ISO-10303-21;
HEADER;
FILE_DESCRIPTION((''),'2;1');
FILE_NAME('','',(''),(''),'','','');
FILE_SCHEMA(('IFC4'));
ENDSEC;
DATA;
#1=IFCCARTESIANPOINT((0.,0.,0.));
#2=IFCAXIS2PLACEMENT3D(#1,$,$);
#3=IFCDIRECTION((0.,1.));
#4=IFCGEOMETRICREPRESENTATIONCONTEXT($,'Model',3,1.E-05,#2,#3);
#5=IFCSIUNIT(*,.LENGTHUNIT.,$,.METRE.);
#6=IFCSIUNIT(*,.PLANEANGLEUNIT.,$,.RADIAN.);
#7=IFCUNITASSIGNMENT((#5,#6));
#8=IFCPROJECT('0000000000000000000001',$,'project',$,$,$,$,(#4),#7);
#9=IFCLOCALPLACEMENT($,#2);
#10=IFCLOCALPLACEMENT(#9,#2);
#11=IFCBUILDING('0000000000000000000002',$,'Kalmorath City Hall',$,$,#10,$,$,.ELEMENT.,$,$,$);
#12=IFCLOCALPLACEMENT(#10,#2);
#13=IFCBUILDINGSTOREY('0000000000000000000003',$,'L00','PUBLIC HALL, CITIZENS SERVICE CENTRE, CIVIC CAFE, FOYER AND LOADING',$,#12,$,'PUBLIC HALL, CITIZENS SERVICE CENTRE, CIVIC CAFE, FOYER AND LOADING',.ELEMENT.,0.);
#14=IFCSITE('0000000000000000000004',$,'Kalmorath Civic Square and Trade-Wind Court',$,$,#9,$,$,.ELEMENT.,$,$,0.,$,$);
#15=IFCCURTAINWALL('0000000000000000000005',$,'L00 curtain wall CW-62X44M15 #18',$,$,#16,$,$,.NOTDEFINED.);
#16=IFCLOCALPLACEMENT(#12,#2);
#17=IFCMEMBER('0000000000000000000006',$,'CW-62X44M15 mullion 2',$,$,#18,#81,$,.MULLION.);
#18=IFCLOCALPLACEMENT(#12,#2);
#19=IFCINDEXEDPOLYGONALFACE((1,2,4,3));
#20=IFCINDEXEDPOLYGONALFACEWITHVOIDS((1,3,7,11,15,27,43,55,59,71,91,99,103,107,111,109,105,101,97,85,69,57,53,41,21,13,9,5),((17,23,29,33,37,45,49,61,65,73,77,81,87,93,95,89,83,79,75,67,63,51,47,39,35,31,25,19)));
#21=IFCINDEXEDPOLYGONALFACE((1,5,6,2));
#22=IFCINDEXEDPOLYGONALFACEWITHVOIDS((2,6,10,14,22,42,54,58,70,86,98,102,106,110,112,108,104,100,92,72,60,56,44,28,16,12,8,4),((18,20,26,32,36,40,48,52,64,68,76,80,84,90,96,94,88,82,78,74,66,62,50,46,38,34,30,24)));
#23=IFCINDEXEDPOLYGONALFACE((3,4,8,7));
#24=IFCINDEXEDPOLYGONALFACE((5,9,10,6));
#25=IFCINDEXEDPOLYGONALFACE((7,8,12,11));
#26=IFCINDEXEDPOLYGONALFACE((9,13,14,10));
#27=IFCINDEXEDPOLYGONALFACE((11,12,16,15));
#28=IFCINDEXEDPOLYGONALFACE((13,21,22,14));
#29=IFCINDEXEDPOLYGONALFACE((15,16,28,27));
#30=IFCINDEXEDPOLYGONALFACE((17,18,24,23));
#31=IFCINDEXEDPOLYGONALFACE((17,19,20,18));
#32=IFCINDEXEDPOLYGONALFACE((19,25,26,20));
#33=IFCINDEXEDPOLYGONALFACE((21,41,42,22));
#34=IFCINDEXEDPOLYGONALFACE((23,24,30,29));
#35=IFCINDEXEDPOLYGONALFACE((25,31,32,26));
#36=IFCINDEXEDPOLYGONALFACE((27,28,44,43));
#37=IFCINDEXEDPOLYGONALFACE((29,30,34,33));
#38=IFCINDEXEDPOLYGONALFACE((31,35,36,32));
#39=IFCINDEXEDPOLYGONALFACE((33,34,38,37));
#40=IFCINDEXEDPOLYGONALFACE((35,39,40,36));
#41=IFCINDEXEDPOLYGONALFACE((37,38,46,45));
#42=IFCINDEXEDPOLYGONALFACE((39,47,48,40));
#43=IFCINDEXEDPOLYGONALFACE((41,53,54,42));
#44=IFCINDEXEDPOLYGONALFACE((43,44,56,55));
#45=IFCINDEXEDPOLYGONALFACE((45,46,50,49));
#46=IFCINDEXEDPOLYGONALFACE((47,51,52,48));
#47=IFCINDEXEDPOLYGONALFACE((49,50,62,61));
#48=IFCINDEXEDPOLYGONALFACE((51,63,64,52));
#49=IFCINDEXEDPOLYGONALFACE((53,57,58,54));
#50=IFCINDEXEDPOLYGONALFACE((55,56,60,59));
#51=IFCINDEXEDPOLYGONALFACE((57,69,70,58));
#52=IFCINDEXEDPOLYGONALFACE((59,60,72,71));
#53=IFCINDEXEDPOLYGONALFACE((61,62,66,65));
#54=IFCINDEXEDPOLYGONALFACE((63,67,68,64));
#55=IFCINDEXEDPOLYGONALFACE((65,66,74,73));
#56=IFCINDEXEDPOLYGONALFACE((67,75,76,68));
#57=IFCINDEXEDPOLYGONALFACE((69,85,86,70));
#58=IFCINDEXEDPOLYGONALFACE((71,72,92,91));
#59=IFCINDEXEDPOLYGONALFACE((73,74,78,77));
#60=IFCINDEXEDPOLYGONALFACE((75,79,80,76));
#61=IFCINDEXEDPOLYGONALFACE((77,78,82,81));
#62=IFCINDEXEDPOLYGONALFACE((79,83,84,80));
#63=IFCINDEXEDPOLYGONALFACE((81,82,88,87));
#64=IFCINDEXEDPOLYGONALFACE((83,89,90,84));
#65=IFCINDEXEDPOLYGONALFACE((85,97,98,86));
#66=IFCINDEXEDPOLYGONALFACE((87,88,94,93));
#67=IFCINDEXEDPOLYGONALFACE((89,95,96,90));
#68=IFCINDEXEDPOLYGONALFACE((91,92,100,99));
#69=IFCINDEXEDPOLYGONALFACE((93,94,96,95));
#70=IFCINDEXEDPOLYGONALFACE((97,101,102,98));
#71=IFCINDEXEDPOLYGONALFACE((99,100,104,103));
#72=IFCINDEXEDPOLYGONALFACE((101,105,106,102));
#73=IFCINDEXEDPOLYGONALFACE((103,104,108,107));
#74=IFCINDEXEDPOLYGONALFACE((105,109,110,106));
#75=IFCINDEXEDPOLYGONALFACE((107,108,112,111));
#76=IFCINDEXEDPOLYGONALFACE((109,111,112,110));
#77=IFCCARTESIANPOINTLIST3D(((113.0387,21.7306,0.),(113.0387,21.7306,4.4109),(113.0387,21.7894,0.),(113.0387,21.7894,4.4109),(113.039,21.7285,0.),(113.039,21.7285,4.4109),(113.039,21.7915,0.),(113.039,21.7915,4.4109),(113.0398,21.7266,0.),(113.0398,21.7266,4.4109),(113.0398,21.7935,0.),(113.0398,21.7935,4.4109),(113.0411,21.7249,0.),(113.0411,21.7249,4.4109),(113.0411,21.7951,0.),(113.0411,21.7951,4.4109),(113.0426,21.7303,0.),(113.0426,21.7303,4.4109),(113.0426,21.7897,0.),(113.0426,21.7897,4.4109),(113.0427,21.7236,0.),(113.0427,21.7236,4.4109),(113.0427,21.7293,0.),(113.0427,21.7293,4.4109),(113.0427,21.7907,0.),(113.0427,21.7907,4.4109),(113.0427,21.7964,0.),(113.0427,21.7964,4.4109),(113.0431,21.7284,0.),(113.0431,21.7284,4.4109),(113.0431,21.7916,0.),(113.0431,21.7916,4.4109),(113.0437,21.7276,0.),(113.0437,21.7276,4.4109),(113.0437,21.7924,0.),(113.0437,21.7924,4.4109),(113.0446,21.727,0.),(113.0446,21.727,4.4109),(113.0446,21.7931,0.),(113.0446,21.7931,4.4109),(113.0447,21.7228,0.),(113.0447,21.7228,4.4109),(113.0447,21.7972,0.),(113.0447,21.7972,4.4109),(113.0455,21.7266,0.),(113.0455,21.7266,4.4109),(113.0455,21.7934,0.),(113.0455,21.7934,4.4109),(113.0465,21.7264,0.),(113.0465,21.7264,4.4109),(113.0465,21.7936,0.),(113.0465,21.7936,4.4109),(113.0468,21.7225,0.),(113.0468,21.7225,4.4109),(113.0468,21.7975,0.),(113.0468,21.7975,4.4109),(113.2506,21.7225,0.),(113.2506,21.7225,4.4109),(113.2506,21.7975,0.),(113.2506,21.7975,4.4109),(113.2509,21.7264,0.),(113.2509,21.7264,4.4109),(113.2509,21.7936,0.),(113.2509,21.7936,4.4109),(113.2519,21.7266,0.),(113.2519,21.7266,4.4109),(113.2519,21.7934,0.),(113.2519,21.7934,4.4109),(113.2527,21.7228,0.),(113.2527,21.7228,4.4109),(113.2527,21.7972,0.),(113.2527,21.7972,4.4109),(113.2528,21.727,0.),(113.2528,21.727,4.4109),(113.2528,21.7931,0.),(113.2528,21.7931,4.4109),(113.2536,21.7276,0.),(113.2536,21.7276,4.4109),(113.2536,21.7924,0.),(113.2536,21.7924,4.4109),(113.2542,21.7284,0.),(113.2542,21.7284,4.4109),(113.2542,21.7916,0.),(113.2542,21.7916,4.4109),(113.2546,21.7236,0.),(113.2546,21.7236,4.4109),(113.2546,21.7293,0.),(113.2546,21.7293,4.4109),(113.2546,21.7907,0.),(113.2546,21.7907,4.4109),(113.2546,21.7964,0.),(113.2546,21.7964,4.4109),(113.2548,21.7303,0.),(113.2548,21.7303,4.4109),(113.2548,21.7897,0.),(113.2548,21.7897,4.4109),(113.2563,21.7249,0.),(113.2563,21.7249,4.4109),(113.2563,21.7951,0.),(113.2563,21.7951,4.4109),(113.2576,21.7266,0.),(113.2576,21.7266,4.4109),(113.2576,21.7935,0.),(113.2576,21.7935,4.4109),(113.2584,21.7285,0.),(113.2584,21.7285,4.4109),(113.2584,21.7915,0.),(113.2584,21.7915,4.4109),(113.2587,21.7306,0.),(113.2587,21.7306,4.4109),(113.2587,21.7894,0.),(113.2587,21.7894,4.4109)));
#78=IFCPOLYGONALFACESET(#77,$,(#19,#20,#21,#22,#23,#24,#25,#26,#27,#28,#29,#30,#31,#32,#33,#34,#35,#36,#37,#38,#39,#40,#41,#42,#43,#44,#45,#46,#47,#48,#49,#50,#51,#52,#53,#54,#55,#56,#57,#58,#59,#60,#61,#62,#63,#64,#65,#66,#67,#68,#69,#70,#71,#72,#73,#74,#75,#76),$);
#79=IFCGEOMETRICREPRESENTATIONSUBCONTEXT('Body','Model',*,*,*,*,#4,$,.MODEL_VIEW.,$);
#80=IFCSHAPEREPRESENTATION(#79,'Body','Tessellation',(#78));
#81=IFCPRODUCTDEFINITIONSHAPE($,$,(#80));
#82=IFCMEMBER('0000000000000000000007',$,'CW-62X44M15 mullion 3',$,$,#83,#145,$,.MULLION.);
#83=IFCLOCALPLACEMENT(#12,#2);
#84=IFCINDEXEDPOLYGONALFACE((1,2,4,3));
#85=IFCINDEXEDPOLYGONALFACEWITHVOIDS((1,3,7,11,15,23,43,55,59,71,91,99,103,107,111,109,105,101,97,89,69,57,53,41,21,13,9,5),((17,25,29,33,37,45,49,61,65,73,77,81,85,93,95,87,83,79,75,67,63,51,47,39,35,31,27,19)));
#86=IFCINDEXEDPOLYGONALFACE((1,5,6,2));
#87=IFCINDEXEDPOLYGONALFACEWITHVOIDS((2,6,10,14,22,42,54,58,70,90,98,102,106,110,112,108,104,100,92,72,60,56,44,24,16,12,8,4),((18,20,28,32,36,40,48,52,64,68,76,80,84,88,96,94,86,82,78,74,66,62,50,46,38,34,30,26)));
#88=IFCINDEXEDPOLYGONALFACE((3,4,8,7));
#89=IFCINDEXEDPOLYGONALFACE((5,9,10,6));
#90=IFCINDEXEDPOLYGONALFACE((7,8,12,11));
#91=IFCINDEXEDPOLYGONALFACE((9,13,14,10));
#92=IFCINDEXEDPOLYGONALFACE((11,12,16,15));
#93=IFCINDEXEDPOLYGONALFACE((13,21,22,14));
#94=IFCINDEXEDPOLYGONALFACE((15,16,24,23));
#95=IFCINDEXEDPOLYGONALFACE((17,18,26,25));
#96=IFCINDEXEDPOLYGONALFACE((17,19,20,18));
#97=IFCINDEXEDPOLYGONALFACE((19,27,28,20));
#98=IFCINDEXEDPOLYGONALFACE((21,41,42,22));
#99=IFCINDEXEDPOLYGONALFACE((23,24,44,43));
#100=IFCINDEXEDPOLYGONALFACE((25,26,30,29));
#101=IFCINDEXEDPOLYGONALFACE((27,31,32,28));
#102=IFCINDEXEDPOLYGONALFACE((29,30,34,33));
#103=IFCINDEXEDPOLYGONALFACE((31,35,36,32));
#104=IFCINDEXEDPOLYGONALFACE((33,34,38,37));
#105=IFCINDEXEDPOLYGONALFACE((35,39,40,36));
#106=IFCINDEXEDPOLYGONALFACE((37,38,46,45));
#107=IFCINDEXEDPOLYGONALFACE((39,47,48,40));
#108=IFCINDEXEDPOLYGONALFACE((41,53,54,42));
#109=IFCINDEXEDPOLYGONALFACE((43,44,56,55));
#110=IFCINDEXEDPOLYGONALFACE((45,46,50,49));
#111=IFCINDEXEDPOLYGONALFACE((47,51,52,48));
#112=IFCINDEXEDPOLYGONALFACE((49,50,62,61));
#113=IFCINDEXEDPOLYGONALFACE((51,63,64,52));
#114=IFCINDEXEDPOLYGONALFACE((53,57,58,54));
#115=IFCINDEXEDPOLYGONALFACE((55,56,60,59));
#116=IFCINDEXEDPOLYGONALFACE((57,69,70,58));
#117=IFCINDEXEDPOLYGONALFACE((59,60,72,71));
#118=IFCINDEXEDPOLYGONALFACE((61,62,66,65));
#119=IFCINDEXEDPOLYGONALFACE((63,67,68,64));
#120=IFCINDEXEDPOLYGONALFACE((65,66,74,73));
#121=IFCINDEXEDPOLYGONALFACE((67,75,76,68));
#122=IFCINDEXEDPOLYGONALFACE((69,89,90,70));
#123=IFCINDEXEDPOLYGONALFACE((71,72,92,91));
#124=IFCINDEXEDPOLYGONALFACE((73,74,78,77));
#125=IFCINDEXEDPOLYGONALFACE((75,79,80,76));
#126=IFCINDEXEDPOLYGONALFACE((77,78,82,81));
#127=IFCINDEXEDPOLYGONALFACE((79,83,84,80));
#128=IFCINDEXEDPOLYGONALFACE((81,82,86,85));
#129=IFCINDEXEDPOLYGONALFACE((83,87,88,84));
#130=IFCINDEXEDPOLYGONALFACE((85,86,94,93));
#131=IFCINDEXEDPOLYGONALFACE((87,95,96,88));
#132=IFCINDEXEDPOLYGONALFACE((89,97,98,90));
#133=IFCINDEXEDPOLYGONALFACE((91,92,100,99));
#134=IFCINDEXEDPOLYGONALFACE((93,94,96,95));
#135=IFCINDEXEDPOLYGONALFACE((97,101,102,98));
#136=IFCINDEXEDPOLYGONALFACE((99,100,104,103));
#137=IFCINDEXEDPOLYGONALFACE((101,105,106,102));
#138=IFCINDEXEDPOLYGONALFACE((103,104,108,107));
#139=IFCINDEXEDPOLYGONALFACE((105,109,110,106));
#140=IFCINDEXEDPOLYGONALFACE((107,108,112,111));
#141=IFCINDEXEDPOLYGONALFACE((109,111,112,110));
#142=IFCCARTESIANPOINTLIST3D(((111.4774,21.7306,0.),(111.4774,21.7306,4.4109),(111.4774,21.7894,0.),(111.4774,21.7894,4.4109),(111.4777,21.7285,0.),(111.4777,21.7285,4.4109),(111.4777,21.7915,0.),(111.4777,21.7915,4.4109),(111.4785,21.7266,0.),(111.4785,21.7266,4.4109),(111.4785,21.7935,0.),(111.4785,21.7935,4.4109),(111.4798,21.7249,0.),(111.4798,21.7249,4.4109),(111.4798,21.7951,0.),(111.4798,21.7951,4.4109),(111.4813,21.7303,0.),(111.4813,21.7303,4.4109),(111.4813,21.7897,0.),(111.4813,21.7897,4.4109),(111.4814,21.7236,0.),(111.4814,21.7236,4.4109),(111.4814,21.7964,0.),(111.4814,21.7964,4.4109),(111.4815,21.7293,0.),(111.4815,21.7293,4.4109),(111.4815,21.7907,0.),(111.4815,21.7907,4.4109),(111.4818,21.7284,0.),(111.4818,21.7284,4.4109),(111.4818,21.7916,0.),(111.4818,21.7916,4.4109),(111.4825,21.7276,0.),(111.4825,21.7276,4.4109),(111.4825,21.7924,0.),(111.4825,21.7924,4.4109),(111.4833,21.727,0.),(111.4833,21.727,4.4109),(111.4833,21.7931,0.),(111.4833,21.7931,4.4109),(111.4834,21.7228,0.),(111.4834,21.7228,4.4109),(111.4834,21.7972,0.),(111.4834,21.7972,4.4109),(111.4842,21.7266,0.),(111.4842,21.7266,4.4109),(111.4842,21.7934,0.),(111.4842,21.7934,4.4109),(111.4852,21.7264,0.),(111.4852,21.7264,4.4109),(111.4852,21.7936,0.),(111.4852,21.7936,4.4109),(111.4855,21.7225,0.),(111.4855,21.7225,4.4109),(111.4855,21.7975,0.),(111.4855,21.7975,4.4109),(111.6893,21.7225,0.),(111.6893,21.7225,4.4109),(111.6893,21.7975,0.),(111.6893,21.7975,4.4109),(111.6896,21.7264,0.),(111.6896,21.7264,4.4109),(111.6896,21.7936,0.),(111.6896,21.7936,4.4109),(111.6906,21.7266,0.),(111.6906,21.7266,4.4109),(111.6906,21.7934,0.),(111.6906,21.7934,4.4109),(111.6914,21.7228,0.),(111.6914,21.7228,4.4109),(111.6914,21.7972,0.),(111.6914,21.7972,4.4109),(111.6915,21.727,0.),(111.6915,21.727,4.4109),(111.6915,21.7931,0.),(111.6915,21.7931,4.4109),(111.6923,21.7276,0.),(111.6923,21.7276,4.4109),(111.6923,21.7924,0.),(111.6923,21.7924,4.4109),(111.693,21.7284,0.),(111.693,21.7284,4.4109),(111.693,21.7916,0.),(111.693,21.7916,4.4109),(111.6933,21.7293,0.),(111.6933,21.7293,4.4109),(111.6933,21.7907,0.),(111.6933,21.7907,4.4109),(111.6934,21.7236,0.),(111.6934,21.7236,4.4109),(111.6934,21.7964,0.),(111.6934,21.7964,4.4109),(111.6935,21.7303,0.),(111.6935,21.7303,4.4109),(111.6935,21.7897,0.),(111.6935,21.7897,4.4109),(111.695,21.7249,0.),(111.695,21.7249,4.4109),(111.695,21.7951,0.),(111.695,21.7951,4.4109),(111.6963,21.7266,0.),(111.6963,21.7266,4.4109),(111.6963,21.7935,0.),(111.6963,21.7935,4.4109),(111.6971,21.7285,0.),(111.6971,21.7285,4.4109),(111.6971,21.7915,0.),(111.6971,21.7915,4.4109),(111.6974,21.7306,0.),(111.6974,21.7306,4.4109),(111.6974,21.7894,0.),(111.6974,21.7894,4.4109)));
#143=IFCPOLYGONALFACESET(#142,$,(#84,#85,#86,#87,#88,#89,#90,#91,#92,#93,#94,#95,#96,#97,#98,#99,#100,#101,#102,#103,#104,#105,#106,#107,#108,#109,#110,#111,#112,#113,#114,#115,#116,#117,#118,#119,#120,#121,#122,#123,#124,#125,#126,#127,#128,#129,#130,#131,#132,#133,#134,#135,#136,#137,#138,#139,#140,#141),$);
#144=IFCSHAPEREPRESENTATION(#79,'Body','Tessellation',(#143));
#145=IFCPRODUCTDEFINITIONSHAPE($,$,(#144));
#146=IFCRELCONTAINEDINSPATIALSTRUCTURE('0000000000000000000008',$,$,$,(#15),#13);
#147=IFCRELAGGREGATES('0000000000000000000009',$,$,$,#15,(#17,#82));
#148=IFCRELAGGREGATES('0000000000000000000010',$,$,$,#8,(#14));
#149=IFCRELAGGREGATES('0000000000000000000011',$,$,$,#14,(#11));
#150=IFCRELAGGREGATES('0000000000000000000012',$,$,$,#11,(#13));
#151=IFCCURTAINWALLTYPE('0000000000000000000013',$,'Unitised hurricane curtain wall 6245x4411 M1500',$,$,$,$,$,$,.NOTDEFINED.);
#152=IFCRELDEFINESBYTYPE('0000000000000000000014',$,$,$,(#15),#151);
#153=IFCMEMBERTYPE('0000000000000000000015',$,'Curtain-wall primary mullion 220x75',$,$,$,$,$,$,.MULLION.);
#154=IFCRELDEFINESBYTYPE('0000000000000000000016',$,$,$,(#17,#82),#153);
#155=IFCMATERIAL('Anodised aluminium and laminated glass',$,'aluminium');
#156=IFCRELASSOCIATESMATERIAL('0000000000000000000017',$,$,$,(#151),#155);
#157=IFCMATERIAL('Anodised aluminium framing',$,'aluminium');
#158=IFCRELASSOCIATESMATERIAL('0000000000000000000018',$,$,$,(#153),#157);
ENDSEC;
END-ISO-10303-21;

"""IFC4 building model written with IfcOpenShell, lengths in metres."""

from ifc_helpers import new_model, si_unit, direction, frame, origin, origin_2d, place, context, subcontext, project, spatial, hollow_rectangle, extrude, material, material_profile, profile_set, type_object, element, aggregate, save


model = new_model("IFC4")

# Units and contexts
model_context = context("Model", 3, precision=1e-05, world=origin(), true_north=direction((0.0, 1.0)))
body_context = subcontext(model_context, "Body", "Model", "MODEL_VIEW")
ifc_project = project(units=[si_unit("LENGTHUNIT", "METRE"), si_unit("PLANEANGLEUNIT", "RADIAN")], contexts=[model_context])

# Site, building, storey
site_placement = place(None, origin())
site = spatial("IfcSite", under=ifc_project, at=site_placement, Name="Kalmorath Civic Square and Trade-Wind Court", CompositionType="ELEMENT", RefElevation=0.0)
building_placement = place(site_placement, origin())
building = spatial("IfcBuilding", under=site, at=building_placement, Name="Kalmorath City Hall", CompositionType="ELEMENT")
storey_placement = place(building_placement, origin())
storey = spatial("IfcBuildingStorey", under=building, at=storey_placement, Name="L00", Description="PUBLIC HALL, CITIZENS SERVICE CENTRE, CIVIC CAFE, FOYER AND LOADING", LongName="PUBLIC HALL, CITIZENS SERVICE CENTRE, CIVIC CAFE, FOYER AND LOADING", CompositionType="ELEMENT", Elevation=0.0)

# Curtain wall, members
ifc_material_1 = material(Name="Anodised aluminium and laminated glass", Category="aluminium")
curtain_wall_type_1 = type_object("IfcCurtainWallType", Name="Unitised hurricane curtain wall 6245x4411 M1500", PredefinedType="NOTDEFINED", material=ifc_material_1)
curtain_wall_1_placement = place(storey_placement, origin())
curtain_wall_1 = element("IfcCurtainWall", 1, at=curtain_wall_1_placement, inside=storey, type_object=curtain_wall_type_1, Name="L00 curtain wall CW-62X44M15 #18", PredefinedType="NOTDEFINED")
ifc_material_2 = material(Name="Anodised aluminium framing", Category="aluminium")
ifc_material_profile_1 = material_profile(ifc_material_2, hollow_rectangle(XDim=0.075, YDim=0.22, WallThickness=0.0039, InnerFilletRadius=0.0039, OuterFilletRadius=0.0081, at=origin_2d()), Name="ALU-MUL-220X75X4")
ifc_profile_set_1 = profile_set([ifc_material_profile_1], Name="Anodised aluminium framing")
member_type_1 = type_object("IfcMemberType", Name="Curtain-wall primary mullion 220x75", PredefinedType="MULLION", material=ifc_profile_set_1)
member_1_placement = place(storey_placement, frame((113.1487, 21.76, 0.0), z_axis=(0.0, 0.0, 1.0), x_axis=(0.0, -1.0, 0.0)))
member_1 = element("IfcMember", 2, at=member_1_placement, type_object=member_type_1, Name="CW-62X44M15 mullion 2", PredefinedType="MULLION", context=body_context, shape_type="SweptSolid", body=[
    extrude(hollow_rectangle(XDim=0.075, YDim=0.22, WallThickness=0.0039, InnerFilletRadius=0.0039, OuterFilletRadius=0.0081, at=origin_2d()), origin(), (0.0, 0.0, 1.0), 4.4109),
])
member_2_placement = place(storey_placement, frame((111.5874, 21.76, 0.0), z_axis=(0.0, 0.0, 1.0), x_axis=(0.0, -1.0, 0.0)))
member_2 = element("IfcMember", 3, at=member_2_placement, type_object=member_type_1, Name="CW-62X44M15 mullion 3", PredefinedType="MULLION", context=body_context, shape_type="SweptSolid", body=[
    extrude(hollow_rectangle(XDim=0.075, YDim=0.22, WallThickness=0.0039, InnerFilletRadius=0.0039, OuterFilletRadius=0.0081, at=origin_2d()), origin(), (0.0, 0.0, 1.0), 4.4109),
])

aggregate(curtain_wall_1, [member_1, member_2])

save(model, "model.ifc")
